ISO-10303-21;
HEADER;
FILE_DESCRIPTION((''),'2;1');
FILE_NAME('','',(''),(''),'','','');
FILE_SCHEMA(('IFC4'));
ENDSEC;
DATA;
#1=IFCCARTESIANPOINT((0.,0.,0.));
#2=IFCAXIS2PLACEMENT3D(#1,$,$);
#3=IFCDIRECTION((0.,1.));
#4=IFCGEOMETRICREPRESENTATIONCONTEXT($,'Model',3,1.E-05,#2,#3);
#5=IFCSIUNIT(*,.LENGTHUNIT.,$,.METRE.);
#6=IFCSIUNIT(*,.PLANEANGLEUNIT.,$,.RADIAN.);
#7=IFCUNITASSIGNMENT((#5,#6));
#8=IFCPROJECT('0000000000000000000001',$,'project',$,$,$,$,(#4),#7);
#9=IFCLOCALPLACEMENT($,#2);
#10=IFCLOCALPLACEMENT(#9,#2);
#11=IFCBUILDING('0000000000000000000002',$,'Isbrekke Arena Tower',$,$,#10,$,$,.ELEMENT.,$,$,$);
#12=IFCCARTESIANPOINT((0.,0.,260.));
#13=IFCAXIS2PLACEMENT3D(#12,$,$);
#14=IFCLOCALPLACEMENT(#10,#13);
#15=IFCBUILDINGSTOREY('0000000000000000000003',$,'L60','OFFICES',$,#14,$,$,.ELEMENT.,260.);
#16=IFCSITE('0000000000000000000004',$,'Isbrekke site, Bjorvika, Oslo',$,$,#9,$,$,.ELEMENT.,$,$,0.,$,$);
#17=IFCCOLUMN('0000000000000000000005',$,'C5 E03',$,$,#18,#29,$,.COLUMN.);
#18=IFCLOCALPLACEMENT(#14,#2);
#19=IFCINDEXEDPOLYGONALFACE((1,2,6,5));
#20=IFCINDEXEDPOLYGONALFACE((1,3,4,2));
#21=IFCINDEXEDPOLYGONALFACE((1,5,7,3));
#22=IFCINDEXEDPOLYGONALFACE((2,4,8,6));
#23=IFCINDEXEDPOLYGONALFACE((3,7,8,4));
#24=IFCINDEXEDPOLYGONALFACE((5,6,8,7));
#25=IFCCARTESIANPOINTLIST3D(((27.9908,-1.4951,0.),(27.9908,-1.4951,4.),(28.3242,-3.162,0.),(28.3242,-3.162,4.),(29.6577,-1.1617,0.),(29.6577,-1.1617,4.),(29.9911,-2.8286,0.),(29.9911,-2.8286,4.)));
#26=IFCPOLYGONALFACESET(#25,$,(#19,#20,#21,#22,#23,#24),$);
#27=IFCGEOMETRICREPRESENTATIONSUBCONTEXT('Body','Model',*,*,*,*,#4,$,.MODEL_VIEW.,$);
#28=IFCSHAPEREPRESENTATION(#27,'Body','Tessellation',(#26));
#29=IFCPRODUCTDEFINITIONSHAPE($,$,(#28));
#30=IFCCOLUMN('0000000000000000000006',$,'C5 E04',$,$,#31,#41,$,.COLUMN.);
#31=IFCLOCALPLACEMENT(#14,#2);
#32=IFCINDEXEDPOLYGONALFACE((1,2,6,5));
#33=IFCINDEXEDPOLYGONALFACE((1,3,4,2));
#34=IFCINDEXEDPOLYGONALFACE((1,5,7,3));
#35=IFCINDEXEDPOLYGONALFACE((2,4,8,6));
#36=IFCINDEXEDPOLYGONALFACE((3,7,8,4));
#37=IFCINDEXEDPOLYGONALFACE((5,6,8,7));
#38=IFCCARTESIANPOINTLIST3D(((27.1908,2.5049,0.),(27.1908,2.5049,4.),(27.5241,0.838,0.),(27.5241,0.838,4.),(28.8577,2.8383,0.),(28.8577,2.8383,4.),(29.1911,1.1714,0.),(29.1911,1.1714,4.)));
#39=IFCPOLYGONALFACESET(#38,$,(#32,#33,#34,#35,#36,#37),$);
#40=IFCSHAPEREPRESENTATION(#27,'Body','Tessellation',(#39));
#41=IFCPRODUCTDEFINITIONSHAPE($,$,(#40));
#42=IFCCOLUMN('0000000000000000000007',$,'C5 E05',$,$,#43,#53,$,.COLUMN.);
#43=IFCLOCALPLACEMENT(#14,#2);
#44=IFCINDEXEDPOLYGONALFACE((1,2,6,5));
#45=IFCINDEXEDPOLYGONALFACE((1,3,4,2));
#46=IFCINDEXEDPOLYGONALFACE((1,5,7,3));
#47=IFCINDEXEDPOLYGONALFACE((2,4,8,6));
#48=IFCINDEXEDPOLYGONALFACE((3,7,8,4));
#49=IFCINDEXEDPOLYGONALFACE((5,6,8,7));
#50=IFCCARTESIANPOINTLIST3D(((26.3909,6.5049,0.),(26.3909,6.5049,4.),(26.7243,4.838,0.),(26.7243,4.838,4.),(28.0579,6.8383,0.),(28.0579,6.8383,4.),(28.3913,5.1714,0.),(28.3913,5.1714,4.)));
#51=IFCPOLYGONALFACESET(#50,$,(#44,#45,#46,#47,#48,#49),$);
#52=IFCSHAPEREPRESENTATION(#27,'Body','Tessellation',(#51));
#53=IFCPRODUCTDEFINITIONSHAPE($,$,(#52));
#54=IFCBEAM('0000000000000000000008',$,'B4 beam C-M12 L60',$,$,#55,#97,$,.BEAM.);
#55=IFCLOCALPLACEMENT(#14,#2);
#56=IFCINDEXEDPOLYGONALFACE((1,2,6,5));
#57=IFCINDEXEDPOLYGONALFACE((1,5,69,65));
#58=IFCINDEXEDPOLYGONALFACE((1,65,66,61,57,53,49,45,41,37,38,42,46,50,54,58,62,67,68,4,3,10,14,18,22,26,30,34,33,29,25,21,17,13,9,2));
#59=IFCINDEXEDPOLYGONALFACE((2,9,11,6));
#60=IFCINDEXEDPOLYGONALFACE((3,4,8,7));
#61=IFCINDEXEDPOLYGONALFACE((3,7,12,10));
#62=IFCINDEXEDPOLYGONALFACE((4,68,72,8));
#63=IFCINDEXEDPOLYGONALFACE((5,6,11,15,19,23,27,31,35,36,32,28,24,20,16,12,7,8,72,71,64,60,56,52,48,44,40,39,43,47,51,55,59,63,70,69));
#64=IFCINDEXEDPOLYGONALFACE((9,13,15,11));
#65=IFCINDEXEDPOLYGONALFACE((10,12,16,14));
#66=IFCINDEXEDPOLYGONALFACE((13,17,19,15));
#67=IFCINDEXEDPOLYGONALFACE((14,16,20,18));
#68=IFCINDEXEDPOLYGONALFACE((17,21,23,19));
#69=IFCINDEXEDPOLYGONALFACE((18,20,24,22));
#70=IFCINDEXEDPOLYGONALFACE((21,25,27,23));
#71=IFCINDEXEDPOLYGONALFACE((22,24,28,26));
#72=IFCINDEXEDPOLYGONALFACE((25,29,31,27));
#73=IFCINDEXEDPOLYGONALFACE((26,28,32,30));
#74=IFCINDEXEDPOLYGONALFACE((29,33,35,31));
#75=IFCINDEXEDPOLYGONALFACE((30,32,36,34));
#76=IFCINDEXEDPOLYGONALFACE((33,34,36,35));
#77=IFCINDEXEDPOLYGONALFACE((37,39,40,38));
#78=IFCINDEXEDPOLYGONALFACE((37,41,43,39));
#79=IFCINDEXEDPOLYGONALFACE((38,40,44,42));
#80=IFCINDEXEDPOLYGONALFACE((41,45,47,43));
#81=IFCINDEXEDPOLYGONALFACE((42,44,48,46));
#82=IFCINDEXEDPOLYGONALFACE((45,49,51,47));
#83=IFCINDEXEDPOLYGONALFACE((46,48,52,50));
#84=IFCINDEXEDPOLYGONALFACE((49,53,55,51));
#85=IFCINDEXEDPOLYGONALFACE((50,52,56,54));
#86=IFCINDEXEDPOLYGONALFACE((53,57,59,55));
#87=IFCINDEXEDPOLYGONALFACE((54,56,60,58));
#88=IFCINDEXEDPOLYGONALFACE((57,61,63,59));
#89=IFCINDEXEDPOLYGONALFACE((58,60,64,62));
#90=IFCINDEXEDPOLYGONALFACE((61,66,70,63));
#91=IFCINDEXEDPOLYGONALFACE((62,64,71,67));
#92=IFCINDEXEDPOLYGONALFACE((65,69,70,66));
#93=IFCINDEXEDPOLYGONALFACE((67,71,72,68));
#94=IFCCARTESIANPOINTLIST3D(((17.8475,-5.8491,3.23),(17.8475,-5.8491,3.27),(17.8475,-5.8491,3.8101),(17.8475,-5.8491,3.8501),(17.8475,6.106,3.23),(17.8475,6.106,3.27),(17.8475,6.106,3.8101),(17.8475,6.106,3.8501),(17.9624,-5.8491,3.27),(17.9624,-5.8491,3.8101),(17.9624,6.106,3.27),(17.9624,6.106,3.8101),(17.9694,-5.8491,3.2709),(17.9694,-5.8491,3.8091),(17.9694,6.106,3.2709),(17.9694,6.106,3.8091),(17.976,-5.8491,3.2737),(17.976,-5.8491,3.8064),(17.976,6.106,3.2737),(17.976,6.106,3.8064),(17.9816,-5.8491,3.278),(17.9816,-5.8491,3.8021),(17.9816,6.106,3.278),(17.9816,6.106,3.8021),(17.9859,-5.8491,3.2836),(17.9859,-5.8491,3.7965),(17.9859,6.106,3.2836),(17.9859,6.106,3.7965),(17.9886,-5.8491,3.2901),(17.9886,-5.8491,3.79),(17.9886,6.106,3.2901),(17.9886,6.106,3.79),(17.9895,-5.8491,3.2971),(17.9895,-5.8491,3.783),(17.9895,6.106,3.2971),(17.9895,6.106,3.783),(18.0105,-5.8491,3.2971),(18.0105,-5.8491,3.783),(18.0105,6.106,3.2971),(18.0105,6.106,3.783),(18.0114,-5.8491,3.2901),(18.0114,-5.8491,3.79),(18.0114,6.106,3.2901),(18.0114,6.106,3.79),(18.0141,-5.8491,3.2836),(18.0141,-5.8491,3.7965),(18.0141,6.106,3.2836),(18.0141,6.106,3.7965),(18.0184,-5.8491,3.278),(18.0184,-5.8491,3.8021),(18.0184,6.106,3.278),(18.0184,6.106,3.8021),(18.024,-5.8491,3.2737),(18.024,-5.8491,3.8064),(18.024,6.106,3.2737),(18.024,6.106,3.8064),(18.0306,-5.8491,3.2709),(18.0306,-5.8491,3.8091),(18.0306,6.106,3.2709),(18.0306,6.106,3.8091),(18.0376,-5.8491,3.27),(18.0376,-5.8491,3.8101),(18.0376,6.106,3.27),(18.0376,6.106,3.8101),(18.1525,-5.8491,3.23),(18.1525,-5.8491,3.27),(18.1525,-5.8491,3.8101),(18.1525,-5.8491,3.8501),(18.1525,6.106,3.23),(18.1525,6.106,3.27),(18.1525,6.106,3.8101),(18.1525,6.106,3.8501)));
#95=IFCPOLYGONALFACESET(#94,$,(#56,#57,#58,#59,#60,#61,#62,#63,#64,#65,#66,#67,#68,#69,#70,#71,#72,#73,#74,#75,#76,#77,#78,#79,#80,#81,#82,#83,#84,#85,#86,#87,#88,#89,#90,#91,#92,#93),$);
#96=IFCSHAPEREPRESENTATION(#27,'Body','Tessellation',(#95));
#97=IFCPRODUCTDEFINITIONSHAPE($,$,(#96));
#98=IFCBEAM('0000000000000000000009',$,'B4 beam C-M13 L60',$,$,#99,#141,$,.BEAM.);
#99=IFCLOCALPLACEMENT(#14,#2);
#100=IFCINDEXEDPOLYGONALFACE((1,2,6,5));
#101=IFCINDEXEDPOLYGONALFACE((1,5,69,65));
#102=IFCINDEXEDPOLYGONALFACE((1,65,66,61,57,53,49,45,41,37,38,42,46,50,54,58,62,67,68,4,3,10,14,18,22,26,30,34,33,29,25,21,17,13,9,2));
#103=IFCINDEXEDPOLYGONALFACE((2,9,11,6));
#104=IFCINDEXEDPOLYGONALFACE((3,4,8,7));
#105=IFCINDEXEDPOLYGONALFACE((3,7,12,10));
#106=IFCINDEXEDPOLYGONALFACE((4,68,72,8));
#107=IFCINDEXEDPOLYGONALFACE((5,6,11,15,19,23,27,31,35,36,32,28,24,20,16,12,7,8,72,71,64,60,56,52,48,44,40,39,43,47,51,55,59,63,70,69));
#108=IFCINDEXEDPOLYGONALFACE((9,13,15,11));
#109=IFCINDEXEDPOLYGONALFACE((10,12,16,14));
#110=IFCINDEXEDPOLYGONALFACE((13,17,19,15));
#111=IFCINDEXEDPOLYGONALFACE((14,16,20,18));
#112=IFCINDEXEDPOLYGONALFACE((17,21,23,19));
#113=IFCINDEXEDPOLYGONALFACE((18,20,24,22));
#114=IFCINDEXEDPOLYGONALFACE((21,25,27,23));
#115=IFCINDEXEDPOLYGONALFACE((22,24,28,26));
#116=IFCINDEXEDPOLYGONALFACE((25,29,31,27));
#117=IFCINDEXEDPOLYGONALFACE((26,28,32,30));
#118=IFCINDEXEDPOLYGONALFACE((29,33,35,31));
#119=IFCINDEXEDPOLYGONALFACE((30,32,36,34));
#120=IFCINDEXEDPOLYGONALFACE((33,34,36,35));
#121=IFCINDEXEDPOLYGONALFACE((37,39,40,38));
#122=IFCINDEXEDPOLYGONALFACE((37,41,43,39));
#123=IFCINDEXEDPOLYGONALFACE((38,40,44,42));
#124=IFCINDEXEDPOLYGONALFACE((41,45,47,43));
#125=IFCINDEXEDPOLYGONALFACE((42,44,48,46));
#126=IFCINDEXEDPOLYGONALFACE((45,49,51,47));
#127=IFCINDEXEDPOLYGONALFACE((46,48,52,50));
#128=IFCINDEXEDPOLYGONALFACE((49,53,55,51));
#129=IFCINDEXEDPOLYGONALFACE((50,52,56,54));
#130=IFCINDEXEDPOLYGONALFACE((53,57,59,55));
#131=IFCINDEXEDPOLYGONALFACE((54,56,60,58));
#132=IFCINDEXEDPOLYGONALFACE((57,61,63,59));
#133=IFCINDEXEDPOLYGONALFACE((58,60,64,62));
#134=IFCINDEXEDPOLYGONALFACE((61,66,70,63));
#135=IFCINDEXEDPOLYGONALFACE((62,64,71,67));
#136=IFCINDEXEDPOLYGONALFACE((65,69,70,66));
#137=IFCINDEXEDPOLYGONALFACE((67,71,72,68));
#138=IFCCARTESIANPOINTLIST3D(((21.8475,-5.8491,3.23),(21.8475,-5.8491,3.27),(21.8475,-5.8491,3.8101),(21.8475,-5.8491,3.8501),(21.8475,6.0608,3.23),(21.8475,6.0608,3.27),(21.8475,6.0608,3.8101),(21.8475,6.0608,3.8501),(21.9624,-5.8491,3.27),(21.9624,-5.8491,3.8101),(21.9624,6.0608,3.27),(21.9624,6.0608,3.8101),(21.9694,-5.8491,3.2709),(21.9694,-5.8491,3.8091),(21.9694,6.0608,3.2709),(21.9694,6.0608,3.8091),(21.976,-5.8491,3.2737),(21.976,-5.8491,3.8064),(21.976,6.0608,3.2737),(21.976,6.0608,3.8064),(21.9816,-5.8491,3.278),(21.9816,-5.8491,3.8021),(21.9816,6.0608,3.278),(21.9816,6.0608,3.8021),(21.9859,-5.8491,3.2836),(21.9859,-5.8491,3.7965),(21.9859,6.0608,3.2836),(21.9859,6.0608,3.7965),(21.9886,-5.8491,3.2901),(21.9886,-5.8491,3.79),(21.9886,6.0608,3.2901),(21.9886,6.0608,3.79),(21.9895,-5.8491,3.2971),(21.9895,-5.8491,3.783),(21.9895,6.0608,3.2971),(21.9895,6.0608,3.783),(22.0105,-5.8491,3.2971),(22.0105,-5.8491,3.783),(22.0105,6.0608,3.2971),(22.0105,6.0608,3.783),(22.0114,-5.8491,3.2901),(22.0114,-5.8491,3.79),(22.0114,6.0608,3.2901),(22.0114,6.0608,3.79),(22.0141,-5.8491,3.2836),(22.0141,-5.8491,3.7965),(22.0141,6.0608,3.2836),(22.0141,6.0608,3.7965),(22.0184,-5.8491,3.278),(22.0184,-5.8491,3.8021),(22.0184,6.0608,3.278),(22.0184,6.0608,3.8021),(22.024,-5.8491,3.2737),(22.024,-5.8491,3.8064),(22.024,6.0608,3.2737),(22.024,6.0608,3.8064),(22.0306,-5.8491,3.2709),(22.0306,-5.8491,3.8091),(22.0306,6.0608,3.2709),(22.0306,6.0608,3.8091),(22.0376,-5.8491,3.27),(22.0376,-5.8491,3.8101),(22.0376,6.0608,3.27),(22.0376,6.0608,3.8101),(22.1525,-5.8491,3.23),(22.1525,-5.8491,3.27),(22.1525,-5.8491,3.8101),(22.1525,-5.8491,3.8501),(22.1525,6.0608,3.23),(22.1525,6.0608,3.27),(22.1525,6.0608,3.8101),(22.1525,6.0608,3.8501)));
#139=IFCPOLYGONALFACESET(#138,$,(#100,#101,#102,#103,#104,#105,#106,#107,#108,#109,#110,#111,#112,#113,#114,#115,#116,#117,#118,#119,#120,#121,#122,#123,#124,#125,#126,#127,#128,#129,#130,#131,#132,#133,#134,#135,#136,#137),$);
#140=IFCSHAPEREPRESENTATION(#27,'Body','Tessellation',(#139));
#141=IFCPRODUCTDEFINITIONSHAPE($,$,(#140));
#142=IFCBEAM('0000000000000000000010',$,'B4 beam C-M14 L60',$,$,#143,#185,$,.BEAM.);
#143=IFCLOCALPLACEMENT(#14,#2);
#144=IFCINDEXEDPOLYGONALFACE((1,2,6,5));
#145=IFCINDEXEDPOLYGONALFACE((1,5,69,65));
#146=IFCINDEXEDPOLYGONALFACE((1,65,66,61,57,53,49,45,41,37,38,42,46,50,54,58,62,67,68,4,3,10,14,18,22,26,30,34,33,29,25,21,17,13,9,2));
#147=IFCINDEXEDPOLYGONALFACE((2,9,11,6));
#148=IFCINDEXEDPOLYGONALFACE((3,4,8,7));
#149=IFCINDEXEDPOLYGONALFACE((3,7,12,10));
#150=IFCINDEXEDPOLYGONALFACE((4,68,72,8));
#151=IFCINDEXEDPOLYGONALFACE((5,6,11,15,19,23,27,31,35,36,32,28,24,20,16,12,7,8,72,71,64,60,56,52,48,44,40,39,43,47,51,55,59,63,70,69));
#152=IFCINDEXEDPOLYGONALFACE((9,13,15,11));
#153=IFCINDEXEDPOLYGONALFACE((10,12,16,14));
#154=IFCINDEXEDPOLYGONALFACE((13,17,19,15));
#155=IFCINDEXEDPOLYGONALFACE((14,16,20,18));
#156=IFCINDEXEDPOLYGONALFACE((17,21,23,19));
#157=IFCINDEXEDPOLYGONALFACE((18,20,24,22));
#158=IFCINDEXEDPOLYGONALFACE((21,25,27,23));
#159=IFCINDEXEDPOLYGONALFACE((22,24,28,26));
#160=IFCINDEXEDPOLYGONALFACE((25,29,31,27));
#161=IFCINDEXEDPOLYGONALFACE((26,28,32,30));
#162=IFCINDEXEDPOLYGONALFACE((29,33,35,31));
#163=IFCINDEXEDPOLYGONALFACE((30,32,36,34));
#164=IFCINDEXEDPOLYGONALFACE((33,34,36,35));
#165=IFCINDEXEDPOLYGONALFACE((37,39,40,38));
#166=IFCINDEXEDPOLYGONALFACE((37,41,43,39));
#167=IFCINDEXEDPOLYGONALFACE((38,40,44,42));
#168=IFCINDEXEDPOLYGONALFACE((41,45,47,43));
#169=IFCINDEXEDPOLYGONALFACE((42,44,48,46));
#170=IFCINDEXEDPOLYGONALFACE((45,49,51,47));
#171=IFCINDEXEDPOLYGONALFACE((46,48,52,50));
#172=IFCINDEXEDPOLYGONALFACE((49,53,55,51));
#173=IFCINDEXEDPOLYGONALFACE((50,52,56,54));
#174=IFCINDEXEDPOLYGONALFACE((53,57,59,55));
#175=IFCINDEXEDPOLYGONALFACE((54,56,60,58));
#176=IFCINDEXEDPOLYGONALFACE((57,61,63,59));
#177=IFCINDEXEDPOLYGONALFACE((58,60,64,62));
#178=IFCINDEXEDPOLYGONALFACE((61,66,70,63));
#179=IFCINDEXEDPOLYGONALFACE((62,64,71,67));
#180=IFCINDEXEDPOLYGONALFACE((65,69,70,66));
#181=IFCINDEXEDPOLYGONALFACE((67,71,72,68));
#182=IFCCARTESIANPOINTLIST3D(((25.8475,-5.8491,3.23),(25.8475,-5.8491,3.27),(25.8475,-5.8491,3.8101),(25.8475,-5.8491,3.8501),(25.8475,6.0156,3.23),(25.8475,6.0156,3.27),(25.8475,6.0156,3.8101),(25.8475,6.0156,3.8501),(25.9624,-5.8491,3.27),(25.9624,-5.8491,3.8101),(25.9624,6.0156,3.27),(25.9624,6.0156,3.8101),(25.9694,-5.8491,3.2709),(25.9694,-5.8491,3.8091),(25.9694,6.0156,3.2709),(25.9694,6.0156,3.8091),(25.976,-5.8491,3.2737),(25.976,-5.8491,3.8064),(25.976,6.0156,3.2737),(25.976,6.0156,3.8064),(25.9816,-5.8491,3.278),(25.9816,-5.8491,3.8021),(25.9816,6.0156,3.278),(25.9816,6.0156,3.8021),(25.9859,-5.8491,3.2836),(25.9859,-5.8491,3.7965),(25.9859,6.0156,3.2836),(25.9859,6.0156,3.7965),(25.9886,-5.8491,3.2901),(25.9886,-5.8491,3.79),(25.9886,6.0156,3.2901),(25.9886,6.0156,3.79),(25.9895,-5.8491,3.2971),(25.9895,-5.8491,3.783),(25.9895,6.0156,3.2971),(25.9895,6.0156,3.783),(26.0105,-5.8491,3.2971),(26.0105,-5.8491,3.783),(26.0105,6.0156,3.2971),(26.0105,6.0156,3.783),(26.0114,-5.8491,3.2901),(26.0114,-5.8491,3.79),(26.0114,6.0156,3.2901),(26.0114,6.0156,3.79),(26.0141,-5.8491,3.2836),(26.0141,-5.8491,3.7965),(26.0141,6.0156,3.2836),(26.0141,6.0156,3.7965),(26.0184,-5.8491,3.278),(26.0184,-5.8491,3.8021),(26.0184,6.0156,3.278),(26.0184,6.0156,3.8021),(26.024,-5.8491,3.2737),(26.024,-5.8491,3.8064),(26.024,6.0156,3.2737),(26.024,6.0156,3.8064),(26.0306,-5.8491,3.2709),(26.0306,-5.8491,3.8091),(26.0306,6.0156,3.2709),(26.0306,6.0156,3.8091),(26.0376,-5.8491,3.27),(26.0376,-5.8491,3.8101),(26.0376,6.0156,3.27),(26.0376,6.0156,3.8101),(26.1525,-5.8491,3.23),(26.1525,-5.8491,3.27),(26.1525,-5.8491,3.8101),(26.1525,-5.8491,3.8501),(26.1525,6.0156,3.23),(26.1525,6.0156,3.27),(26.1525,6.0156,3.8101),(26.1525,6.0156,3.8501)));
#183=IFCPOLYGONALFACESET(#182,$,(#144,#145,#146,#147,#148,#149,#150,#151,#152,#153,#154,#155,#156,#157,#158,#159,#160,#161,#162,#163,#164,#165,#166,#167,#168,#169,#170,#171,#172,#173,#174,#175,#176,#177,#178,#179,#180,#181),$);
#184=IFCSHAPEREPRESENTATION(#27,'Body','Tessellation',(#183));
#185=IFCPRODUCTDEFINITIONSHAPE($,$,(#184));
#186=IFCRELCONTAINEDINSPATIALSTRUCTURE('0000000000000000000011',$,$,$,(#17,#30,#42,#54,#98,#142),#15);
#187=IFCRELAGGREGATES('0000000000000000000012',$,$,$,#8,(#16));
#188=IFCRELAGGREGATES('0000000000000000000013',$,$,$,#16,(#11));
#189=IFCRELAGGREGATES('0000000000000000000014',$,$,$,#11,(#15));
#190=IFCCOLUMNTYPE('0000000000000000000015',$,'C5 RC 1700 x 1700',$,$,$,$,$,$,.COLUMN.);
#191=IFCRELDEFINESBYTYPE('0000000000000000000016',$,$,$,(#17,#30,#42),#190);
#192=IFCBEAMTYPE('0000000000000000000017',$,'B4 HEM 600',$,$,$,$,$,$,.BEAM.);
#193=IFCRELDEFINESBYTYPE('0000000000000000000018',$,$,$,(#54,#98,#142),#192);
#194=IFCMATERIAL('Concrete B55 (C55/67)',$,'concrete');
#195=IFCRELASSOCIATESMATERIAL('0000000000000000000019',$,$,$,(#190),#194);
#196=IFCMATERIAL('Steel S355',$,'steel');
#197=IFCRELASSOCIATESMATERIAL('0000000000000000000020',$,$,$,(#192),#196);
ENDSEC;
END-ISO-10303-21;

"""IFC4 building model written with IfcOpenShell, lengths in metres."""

from ifc_helpers import new_model, si_unit, direction, frame, origin, origin_2d, place, context, subcontext, project, spatial, rectangle, i_section, extrude, material, material_profile, profile_set, type_object, element, save


model = new_model("IFC4")

# Units and contexts
model_context = context("Model", 3, precision=1e-05, world=origin(), true_north=direction((0.0, 1.0)))
body_context = subcontext(model_context, "Body", "Model", "MODEL_VIEW")
ifc_project = project(units=[si_unit("LENGTHUNIT", "METRE"), si_unit("PLANEANGLEUNIT", "RADIAN")], contexts=[model_context])

# Site, building, storey
site_placement = place(None, origin())
site = spatial("IfcSite", under=ifc_project, at=site_placement, Name="Isbrekke site, Bjorvika, Oslo", CompositionType="ELEMENT", RefElevation=0.0)
building_placement = place(site_placement, origin())
building = spatial("IfcBuilding", under=site, at=building_placement, Name="Isbrekke Arena Tower", CompositionType="ELEMENT")
storey_placement = place(building_placement, frame((0.0, 0.0, 260.0)))
storey = spatial("IfcBuildingStorey", under=building, at=storey_placement, Name="L60", Description="OFFICES", CompositionType="ELEMENT", Elevation=260.0)

# Columns
ifc_material_1 = material(Name="Concrete B55 (C55/67)", Category="concrete")
ifc_material_profile_1 = material_profile(ifc_material_1, rectangle(XDim=1.7, YDim=1.7, at=origin_2d()), Name="RC 1700x1700")
ifc_profile_set_1 = profile_set([ifc_material_profile_1], Name="Concrete B55 (C55/67)")
column_type = type_object("IfcColumnType", Name="C5 RC 1700 x 1700", PredefinedType="COLUMN", material=ifc_profile_set_1)
for number, where, z_axis, x_axis, name in (
    (1, (28.991, -2.1619, 0.0), (0.0, 0.0, 1.0), (-0.196116, 0.980581, 0.0), "C5 E03"),
    (2, (28.1909, 1.8381, 0.0), (0.0, 0.0, 1.0), (-0.196116, 0.980581, 0.0), "C5 E04"),
    (3, (27.3911, 5.8381, 0.0), (0.0, 0.0, 1.0), (-0.196116, 0.980581, 0.0), "C5 E05"),
):
    element("IfcColumn", number, at=place(storey_placement, frame(where, z_axis=z_axis, x_axis=x_axis)), inside=storey, type_object=column_type, Name=name, PredefinedType="COLUMN", context=body_context, shape_type="SweptSolid", body=[
        extrude(rectangle(XDim=1.7, YDim=1.7, at=origin_2d()), origin(), (0.0, 0.0, 1.0), 4.0),
    ])

# Beams
ifc_material_2 = material(Name="Steel S355", Category="steel")
ifc_material_profile_2 = material_profile(ifc_material_2, i_section(OverallWidth=0.3049, OverallDepth=0.6201, WebThickness=0.021, FlangeThickness=0.04, FilletRadius=0.0271, at=origin_2d()), Name="HEM 600")
ifc_profile_set_2 = profile_set([ifc_material_profile_2], Name="Steel S355")
beam_type_1 = type_object("IfcBeamType", Name="B4 HEM 600", PredefinedType="BEAM", material=ifc_profile_set_2)
beam_1_placement = place(storey_placement, frame((18.0, -5.8491, 3.54), z_axis=(0.0, 1.0, 0.0), x_axis=(-1.0, 0.0, 0.0)))
element("IfcBeam", 4, at=beam_1_placement, inside=storey, type_object=beam_type_1, Name="B4 beam C-M12 L60", PredefinedType="BEAM", context=body_context, shape_type="SweptSolid", body=[
    extrude(i_section(OverallWidth=0.3049, OverallDepth=0.6201, WebThickness=0.021, FlangeThickness=0.04, FilletRadius=0.0271, at=origin_2d()), origin(), (0.0, 0.0, 1.0), 11.9551),
])
beam_2_placement = place(storey_placement, frame((22.0, -5.8491, 3.54), z_axis=(0.0, 1.0, 0.0), x_axis=(-1.0, 0.0, 0.0)))
element("IfcBeam", 5, at=beam_2_placement, inside=storey, type_object=beam_type_1, Name="B4 beam C-M13 L60", PredefinedType="BEAM", context=body_context, shape_type="SweptSolid", body=[
    extrude(i_section(OverallWidth=0.3049, OverallDepth=0.6201, WebThickness=0.021, FlangeThickness=0.04, FilletRadius=0.0271, at=origin_2d()), origin(), (0.0, 0.0, 1.0), 11.9099),
])
beam_3_placement = place(storey_placement, frame((26.0, -5.8491, 3.54), z_axis=(0.0, 1.0, 0.0), x_axis=(-1.0, 0.0, 0.0)))
element("IfcBeam", 6, at=beam_3_placement, inside=storey, type_object=beam_type_1, Name="B4 beam C-M14 L60", PredefinedType="BEAM", context=body_context, shape_type="SweptSolid", body=[
    extrude(i_section(OverallWidth=0.3049, OverallDepth=0.6201, WebThickness=0.021, FlangeThickness=0.04, FilletRadius=0.0271, at=origin_2d()), origin(), (0.0, 0.0, 1.0), 11.8647),
])

save(model, "model.ifc")
